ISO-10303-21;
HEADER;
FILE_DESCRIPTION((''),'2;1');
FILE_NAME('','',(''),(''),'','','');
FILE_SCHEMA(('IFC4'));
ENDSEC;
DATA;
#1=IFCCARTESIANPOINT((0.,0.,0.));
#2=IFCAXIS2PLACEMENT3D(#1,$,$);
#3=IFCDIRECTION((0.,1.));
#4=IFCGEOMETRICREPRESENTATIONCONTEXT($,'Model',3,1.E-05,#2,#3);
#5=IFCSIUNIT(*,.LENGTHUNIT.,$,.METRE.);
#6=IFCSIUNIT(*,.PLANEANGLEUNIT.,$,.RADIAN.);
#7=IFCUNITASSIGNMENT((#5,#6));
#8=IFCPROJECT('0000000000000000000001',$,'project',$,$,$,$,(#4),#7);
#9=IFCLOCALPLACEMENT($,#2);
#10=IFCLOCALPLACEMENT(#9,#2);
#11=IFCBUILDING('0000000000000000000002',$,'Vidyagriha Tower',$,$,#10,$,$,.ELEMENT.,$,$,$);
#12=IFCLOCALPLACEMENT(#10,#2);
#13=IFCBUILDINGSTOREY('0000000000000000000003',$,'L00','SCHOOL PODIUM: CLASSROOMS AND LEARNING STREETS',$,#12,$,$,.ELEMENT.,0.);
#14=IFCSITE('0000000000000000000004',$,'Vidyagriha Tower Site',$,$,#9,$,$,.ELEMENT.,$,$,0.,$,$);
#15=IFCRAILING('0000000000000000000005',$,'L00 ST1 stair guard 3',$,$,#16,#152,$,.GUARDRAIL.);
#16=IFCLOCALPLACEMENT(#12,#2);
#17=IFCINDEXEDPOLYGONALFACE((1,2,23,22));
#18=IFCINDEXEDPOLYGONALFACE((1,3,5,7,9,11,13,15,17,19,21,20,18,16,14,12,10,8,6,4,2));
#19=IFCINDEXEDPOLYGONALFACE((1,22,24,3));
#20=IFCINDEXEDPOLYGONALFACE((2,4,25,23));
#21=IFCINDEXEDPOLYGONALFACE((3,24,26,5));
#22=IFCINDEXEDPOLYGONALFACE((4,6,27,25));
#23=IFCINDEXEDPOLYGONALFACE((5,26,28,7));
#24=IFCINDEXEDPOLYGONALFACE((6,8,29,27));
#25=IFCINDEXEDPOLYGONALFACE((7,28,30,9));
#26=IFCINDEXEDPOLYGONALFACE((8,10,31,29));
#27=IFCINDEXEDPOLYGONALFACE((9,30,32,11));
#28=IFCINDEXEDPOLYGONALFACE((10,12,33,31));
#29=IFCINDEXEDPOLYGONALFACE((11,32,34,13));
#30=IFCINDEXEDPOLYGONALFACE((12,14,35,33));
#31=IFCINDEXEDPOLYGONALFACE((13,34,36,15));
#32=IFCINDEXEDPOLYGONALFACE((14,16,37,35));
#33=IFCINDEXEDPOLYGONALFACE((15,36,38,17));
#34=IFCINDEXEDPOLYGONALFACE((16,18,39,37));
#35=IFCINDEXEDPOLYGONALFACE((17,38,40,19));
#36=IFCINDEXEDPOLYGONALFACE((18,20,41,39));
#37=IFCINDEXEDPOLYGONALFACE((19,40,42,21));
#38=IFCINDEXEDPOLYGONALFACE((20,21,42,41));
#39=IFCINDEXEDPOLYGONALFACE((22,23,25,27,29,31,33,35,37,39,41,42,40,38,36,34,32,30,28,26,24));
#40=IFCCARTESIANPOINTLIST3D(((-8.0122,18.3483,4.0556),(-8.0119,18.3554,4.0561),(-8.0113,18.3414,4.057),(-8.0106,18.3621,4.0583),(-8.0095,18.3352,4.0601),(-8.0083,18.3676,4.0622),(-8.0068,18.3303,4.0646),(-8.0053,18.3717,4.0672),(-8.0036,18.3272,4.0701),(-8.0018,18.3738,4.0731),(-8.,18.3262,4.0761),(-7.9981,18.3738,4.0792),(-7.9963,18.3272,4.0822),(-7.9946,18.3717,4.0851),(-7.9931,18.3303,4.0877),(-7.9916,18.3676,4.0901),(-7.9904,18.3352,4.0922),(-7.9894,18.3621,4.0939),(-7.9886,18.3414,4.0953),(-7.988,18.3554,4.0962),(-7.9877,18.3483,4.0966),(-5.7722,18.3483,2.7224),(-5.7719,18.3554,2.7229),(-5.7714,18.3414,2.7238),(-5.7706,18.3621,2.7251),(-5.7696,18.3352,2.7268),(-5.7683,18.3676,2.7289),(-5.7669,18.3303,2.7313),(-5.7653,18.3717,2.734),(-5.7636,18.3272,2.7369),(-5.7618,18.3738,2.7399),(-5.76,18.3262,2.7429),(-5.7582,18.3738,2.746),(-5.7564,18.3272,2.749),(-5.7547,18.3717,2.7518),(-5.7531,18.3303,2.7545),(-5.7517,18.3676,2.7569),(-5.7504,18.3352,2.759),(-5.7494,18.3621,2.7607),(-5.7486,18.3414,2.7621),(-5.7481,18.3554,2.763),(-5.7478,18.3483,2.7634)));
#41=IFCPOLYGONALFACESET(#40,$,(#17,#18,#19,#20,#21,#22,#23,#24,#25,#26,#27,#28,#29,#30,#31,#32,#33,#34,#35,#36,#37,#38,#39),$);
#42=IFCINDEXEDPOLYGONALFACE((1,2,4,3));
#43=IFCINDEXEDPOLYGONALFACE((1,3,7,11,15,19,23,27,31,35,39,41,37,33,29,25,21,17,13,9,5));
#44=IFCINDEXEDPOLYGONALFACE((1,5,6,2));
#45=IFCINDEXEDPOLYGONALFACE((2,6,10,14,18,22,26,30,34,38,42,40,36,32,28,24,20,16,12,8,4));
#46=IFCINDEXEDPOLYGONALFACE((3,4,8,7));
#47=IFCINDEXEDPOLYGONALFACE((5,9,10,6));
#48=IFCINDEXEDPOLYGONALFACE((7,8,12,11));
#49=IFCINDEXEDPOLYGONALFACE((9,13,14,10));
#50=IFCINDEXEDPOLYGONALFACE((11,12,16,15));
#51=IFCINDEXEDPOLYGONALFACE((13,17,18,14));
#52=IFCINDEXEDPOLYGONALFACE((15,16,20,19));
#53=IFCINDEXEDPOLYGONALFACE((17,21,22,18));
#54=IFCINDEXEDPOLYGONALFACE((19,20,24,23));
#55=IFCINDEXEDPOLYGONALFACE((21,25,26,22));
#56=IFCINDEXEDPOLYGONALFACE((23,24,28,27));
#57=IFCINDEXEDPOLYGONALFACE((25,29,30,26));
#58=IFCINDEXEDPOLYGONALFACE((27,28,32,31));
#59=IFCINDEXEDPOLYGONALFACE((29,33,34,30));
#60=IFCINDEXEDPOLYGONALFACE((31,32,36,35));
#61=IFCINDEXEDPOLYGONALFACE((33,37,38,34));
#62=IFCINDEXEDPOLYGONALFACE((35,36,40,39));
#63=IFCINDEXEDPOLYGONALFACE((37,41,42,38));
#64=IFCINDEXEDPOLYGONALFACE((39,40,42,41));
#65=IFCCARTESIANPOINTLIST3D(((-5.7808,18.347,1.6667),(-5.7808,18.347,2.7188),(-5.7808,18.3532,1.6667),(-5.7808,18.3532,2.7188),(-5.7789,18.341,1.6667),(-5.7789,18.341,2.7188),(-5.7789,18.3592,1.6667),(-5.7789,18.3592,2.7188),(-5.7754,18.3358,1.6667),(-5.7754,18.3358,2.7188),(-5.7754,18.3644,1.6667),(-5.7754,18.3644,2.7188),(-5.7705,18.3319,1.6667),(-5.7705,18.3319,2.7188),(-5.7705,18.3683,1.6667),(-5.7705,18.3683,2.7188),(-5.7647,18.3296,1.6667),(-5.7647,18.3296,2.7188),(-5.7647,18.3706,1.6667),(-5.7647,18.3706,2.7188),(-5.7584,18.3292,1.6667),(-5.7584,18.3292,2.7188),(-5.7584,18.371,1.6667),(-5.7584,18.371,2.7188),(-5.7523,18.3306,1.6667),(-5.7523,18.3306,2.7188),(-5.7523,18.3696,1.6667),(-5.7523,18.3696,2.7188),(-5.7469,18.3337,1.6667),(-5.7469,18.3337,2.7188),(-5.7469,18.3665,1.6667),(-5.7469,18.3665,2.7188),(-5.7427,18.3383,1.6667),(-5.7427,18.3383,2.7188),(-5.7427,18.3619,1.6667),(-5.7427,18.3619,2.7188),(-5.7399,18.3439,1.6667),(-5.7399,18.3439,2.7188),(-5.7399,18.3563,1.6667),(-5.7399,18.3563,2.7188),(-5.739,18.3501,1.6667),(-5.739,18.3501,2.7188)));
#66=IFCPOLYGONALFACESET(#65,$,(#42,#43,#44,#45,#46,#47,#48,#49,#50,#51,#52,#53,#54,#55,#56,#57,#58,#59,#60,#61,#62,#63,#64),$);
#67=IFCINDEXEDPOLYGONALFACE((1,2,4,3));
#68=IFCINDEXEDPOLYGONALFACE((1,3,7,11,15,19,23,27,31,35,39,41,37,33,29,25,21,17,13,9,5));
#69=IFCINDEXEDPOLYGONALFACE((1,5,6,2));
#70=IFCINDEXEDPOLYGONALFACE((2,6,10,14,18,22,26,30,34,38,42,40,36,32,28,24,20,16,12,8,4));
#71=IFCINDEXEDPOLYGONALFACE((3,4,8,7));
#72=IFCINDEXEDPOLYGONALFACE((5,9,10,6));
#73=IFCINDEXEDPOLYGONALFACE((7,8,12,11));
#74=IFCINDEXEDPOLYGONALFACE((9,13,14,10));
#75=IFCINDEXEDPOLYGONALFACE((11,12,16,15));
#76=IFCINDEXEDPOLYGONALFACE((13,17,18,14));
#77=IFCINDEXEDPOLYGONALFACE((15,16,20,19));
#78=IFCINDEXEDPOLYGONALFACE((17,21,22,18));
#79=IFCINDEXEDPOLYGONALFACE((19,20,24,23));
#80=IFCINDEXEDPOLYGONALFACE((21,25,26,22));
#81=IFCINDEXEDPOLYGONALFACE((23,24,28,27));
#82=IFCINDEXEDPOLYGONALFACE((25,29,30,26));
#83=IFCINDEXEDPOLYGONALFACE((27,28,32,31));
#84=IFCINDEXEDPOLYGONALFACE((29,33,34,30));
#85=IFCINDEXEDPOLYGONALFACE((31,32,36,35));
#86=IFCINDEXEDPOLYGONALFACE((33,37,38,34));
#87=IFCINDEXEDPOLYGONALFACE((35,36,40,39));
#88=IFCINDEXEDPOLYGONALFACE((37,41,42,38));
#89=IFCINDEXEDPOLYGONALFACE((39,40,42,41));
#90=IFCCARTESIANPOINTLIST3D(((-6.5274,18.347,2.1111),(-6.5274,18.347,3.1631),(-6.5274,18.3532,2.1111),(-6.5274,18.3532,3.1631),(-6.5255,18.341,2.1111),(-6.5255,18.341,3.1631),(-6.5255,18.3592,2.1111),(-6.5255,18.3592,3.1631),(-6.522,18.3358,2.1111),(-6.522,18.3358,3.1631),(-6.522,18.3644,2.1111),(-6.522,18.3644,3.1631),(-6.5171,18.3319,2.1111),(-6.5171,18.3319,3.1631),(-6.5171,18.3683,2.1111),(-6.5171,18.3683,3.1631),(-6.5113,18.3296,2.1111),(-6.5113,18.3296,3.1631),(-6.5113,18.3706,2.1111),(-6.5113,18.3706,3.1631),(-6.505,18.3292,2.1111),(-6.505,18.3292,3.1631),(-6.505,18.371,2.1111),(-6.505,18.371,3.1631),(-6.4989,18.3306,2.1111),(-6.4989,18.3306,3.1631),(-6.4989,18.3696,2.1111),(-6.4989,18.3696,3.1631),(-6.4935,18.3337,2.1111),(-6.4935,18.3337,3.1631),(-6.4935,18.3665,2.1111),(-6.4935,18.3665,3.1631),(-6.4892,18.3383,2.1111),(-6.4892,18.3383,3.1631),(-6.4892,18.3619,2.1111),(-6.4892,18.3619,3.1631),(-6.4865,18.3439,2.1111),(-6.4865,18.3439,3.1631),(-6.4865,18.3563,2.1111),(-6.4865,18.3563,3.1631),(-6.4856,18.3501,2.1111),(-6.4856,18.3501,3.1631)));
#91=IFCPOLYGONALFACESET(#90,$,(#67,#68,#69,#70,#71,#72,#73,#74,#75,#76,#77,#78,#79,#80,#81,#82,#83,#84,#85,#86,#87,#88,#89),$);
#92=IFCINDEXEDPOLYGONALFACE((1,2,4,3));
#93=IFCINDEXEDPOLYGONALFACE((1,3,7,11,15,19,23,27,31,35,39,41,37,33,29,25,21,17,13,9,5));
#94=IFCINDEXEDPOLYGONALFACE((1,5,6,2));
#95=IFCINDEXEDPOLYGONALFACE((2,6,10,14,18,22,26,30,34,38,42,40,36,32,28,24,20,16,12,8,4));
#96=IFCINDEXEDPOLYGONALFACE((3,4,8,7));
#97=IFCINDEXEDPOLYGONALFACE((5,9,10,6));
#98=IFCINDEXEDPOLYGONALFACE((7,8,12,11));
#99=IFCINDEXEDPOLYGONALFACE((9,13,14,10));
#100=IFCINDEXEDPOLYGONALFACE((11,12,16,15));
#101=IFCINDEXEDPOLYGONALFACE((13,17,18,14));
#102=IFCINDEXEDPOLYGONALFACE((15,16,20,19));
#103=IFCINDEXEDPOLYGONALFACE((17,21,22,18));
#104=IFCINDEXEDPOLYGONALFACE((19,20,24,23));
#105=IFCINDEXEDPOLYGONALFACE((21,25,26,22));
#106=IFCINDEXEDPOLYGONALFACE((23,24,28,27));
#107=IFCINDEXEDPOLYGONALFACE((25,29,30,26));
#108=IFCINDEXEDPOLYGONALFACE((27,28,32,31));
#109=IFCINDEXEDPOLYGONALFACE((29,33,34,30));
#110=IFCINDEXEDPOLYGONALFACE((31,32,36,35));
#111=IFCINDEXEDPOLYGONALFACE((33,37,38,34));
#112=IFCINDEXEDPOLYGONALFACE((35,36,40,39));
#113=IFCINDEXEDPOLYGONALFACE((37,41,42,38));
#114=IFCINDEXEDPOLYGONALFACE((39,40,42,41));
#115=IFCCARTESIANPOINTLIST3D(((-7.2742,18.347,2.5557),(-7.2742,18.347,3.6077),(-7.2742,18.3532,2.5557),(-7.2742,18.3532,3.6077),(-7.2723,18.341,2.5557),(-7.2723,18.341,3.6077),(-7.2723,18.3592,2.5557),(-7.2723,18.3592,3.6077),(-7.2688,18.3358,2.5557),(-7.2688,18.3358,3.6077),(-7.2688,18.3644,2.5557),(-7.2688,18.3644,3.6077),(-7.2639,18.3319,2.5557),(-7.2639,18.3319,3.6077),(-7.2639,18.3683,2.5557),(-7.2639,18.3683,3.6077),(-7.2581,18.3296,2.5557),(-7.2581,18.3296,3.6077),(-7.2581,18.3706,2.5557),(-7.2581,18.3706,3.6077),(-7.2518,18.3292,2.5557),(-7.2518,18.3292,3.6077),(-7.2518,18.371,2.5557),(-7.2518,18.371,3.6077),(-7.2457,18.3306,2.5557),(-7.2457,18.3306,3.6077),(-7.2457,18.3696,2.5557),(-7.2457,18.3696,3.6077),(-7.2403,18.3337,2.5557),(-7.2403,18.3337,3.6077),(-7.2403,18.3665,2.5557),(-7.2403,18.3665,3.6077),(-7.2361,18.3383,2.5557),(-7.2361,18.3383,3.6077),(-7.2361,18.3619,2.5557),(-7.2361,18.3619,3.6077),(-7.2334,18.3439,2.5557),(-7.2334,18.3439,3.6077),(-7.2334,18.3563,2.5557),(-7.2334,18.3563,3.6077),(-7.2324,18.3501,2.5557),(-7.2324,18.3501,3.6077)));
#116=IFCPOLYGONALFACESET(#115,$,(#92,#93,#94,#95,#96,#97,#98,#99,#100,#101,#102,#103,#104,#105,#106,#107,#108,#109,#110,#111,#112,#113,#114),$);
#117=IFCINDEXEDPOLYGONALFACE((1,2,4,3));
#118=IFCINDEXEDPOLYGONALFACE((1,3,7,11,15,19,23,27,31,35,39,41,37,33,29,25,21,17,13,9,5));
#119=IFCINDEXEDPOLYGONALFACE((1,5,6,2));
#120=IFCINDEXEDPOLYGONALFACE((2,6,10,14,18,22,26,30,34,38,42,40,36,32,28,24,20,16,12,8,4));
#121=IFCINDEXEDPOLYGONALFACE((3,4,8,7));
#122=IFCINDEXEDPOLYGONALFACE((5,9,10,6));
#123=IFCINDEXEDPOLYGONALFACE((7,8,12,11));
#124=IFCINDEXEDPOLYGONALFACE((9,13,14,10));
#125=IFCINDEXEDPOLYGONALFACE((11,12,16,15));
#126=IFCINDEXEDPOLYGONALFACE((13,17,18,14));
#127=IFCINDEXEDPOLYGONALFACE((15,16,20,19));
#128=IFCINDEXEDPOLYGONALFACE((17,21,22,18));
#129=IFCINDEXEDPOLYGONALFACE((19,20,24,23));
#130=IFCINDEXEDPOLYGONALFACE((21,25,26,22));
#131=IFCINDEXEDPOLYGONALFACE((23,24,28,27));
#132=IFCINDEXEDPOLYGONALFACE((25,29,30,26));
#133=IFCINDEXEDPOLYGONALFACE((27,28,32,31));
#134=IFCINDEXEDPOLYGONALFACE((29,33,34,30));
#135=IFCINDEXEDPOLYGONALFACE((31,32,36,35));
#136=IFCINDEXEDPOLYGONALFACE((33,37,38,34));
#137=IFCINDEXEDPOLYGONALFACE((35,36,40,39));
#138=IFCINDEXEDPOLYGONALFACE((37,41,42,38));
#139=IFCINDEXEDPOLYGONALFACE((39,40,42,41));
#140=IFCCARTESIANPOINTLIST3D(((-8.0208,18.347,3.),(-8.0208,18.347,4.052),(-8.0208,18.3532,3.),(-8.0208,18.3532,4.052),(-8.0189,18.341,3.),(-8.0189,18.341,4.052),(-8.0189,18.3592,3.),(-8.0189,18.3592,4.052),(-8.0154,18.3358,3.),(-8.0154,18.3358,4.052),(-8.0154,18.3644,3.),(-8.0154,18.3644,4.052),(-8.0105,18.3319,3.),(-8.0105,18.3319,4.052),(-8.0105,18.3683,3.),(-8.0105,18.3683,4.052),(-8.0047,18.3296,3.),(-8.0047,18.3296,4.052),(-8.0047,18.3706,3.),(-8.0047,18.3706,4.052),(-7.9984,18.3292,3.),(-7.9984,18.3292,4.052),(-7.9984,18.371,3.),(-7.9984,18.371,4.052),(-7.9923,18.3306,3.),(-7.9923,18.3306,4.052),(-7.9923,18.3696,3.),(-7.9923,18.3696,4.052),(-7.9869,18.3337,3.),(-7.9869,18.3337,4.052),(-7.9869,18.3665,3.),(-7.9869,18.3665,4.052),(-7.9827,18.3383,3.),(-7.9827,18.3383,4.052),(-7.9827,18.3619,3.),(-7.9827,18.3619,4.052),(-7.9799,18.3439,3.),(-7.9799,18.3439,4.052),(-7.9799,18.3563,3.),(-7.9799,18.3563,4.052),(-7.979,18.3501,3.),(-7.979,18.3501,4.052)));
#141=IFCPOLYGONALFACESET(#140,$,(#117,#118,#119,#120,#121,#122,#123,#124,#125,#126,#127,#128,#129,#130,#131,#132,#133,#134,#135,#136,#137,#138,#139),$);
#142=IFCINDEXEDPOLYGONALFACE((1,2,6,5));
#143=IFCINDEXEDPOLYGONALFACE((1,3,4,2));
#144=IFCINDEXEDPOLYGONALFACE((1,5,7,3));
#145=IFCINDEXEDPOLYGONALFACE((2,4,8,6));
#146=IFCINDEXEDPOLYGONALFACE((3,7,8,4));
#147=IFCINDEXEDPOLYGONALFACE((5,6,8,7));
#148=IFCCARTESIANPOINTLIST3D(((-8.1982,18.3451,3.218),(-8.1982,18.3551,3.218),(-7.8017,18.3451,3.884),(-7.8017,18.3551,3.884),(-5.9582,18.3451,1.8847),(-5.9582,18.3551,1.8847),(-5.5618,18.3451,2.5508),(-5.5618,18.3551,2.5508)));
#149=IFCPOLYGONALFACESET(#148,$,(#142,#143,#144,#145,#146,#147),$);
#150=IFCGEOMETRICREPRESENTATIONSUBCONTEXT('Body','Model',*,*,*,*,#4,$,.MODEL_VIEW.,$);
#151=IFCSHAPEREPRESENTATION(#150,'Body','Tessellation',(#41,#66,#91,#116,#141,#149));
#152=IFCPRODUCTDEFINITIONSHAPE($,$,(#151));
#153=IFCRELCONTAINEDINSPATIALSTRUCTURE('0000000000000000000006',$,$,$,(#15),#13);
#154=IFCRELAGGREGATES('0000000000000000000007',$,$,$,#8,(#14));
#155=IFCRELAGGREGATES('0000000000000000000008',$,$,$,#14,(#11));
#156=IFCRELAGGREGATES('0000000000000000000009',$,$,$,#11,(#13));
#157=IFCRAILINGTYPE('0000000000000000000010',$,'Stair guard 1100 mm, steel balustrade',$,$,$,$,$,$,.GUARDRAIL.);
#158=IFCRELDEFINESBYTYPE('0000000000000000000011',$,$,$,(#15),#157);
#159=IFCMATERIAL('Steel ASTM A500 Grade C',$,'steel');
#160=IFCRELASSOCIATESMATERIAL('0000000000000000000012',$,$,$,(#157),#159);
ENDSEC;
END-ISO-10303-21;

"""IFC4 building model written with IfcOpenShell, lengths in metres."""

from ifc_helpers import new_model, si_unit, direction, frame, origin, origin_2d, place, context, subcontext, project, spatial, rectangle, circle, extrude, material, type_object, element, save


model = new_model("IFC4")

# Units and contexts
model_context = context("Model", 3, precision=1e-05, world=origin(), true_north=direction((0.0, 1.0)))
body_context = subcontext(model_context, "Body", "Model", "MODEL_VIEW")
ifc_project = project(units=[si_unit("LENGTHUNIT", "METRE"), si_unit("PLANEANGLEUNIT", "RADIAN")], contexts=[model_context])

# Site, building, storey
site_placement = place(None, origin())
site = spatial("IfcSite", under=ifc_project, at=site_placement, Name="Vidyagriha Tower Site", CompositionType="ELEMENT", RefElevation=0.0)
building_placement = place(site_placement, origin())
building = spatial("IfcBuilding", under=site, at=building_placement, Name="Vidyagriha Tower", CompositionType="ELEMENT")
storey_placement = place(building_placement, origin())
storey = spatial("IfcBuildingStorey", under=building, at=storey_placement, Name="L00", Description="SCHOOL PODIUM: CLASSROOMS AND LEARNING STREETS", CompositionType="ELEMENT", Elevation=0.0)

# Railing
ifc_material_1 = material(Name="Steel ASTM A500 Grade C", Category="steel")
railing_type_1 = type_object("IfcRailingType", Name="Stair guard 1100 mm, steel balustrade", PredefinedType="GUARDRAIL", material=ifc_material_1)
railing_1_placement = place(storey_placement, frame((-5.76, 18.3501, 1.6667)))
element("IfcRailing", 1, at=railing_1_placement, inside=storey, type_object=railing_type_1, Name="L00 ST1 stair guard 3", PredefinedType="GUARDRAIL", context=body_context, shape_type="SweptSolid", body=[
    extrude(circle(Radius=0.0239, at=origin_2d()), frame((0.0, 0.0, 1.0762), z_axis=(-0.859306, 0.0, 0.511462), x_axis=(0.0, -1.0, 0.0)), (0.0, 0.0, 1.0), 2.6067),
    extrude(circle(Radius=0.021, at=origin_2d()), origin(), (0.0, 0.0, 1.0), 1.052),
    extrude(circle(Radius=0.021, at=origin_2d()), frame((-0.7466, 0.0, 0.4443)), (0.0, 0.0, 1.0), 1.052),
    extrude(circle(Radius=0.021, at=origin_2d()), frame((-1.4934, 0.0, 0.8889)), (0.0, 0.0, 1.0), 1.052),
    extrude(circle(Radius=0.021, at=origin_2d()), frame((-2.24, 0.0, 1.3333)), (0.0, 0.0, 1.0), 1.052),
    extrude(rectangle(XDim=0.01, YDim=0.7751, at=origin_2d()), frame((0.0, 0.0, 0.551), z_axis=(-0.859306, 0.0, 0.511462), x_axis=(0.0, -1.0, 0.0)), (0.0, 0.0, 1.0), 2.6067),
])

save(model, "model.ifc")
